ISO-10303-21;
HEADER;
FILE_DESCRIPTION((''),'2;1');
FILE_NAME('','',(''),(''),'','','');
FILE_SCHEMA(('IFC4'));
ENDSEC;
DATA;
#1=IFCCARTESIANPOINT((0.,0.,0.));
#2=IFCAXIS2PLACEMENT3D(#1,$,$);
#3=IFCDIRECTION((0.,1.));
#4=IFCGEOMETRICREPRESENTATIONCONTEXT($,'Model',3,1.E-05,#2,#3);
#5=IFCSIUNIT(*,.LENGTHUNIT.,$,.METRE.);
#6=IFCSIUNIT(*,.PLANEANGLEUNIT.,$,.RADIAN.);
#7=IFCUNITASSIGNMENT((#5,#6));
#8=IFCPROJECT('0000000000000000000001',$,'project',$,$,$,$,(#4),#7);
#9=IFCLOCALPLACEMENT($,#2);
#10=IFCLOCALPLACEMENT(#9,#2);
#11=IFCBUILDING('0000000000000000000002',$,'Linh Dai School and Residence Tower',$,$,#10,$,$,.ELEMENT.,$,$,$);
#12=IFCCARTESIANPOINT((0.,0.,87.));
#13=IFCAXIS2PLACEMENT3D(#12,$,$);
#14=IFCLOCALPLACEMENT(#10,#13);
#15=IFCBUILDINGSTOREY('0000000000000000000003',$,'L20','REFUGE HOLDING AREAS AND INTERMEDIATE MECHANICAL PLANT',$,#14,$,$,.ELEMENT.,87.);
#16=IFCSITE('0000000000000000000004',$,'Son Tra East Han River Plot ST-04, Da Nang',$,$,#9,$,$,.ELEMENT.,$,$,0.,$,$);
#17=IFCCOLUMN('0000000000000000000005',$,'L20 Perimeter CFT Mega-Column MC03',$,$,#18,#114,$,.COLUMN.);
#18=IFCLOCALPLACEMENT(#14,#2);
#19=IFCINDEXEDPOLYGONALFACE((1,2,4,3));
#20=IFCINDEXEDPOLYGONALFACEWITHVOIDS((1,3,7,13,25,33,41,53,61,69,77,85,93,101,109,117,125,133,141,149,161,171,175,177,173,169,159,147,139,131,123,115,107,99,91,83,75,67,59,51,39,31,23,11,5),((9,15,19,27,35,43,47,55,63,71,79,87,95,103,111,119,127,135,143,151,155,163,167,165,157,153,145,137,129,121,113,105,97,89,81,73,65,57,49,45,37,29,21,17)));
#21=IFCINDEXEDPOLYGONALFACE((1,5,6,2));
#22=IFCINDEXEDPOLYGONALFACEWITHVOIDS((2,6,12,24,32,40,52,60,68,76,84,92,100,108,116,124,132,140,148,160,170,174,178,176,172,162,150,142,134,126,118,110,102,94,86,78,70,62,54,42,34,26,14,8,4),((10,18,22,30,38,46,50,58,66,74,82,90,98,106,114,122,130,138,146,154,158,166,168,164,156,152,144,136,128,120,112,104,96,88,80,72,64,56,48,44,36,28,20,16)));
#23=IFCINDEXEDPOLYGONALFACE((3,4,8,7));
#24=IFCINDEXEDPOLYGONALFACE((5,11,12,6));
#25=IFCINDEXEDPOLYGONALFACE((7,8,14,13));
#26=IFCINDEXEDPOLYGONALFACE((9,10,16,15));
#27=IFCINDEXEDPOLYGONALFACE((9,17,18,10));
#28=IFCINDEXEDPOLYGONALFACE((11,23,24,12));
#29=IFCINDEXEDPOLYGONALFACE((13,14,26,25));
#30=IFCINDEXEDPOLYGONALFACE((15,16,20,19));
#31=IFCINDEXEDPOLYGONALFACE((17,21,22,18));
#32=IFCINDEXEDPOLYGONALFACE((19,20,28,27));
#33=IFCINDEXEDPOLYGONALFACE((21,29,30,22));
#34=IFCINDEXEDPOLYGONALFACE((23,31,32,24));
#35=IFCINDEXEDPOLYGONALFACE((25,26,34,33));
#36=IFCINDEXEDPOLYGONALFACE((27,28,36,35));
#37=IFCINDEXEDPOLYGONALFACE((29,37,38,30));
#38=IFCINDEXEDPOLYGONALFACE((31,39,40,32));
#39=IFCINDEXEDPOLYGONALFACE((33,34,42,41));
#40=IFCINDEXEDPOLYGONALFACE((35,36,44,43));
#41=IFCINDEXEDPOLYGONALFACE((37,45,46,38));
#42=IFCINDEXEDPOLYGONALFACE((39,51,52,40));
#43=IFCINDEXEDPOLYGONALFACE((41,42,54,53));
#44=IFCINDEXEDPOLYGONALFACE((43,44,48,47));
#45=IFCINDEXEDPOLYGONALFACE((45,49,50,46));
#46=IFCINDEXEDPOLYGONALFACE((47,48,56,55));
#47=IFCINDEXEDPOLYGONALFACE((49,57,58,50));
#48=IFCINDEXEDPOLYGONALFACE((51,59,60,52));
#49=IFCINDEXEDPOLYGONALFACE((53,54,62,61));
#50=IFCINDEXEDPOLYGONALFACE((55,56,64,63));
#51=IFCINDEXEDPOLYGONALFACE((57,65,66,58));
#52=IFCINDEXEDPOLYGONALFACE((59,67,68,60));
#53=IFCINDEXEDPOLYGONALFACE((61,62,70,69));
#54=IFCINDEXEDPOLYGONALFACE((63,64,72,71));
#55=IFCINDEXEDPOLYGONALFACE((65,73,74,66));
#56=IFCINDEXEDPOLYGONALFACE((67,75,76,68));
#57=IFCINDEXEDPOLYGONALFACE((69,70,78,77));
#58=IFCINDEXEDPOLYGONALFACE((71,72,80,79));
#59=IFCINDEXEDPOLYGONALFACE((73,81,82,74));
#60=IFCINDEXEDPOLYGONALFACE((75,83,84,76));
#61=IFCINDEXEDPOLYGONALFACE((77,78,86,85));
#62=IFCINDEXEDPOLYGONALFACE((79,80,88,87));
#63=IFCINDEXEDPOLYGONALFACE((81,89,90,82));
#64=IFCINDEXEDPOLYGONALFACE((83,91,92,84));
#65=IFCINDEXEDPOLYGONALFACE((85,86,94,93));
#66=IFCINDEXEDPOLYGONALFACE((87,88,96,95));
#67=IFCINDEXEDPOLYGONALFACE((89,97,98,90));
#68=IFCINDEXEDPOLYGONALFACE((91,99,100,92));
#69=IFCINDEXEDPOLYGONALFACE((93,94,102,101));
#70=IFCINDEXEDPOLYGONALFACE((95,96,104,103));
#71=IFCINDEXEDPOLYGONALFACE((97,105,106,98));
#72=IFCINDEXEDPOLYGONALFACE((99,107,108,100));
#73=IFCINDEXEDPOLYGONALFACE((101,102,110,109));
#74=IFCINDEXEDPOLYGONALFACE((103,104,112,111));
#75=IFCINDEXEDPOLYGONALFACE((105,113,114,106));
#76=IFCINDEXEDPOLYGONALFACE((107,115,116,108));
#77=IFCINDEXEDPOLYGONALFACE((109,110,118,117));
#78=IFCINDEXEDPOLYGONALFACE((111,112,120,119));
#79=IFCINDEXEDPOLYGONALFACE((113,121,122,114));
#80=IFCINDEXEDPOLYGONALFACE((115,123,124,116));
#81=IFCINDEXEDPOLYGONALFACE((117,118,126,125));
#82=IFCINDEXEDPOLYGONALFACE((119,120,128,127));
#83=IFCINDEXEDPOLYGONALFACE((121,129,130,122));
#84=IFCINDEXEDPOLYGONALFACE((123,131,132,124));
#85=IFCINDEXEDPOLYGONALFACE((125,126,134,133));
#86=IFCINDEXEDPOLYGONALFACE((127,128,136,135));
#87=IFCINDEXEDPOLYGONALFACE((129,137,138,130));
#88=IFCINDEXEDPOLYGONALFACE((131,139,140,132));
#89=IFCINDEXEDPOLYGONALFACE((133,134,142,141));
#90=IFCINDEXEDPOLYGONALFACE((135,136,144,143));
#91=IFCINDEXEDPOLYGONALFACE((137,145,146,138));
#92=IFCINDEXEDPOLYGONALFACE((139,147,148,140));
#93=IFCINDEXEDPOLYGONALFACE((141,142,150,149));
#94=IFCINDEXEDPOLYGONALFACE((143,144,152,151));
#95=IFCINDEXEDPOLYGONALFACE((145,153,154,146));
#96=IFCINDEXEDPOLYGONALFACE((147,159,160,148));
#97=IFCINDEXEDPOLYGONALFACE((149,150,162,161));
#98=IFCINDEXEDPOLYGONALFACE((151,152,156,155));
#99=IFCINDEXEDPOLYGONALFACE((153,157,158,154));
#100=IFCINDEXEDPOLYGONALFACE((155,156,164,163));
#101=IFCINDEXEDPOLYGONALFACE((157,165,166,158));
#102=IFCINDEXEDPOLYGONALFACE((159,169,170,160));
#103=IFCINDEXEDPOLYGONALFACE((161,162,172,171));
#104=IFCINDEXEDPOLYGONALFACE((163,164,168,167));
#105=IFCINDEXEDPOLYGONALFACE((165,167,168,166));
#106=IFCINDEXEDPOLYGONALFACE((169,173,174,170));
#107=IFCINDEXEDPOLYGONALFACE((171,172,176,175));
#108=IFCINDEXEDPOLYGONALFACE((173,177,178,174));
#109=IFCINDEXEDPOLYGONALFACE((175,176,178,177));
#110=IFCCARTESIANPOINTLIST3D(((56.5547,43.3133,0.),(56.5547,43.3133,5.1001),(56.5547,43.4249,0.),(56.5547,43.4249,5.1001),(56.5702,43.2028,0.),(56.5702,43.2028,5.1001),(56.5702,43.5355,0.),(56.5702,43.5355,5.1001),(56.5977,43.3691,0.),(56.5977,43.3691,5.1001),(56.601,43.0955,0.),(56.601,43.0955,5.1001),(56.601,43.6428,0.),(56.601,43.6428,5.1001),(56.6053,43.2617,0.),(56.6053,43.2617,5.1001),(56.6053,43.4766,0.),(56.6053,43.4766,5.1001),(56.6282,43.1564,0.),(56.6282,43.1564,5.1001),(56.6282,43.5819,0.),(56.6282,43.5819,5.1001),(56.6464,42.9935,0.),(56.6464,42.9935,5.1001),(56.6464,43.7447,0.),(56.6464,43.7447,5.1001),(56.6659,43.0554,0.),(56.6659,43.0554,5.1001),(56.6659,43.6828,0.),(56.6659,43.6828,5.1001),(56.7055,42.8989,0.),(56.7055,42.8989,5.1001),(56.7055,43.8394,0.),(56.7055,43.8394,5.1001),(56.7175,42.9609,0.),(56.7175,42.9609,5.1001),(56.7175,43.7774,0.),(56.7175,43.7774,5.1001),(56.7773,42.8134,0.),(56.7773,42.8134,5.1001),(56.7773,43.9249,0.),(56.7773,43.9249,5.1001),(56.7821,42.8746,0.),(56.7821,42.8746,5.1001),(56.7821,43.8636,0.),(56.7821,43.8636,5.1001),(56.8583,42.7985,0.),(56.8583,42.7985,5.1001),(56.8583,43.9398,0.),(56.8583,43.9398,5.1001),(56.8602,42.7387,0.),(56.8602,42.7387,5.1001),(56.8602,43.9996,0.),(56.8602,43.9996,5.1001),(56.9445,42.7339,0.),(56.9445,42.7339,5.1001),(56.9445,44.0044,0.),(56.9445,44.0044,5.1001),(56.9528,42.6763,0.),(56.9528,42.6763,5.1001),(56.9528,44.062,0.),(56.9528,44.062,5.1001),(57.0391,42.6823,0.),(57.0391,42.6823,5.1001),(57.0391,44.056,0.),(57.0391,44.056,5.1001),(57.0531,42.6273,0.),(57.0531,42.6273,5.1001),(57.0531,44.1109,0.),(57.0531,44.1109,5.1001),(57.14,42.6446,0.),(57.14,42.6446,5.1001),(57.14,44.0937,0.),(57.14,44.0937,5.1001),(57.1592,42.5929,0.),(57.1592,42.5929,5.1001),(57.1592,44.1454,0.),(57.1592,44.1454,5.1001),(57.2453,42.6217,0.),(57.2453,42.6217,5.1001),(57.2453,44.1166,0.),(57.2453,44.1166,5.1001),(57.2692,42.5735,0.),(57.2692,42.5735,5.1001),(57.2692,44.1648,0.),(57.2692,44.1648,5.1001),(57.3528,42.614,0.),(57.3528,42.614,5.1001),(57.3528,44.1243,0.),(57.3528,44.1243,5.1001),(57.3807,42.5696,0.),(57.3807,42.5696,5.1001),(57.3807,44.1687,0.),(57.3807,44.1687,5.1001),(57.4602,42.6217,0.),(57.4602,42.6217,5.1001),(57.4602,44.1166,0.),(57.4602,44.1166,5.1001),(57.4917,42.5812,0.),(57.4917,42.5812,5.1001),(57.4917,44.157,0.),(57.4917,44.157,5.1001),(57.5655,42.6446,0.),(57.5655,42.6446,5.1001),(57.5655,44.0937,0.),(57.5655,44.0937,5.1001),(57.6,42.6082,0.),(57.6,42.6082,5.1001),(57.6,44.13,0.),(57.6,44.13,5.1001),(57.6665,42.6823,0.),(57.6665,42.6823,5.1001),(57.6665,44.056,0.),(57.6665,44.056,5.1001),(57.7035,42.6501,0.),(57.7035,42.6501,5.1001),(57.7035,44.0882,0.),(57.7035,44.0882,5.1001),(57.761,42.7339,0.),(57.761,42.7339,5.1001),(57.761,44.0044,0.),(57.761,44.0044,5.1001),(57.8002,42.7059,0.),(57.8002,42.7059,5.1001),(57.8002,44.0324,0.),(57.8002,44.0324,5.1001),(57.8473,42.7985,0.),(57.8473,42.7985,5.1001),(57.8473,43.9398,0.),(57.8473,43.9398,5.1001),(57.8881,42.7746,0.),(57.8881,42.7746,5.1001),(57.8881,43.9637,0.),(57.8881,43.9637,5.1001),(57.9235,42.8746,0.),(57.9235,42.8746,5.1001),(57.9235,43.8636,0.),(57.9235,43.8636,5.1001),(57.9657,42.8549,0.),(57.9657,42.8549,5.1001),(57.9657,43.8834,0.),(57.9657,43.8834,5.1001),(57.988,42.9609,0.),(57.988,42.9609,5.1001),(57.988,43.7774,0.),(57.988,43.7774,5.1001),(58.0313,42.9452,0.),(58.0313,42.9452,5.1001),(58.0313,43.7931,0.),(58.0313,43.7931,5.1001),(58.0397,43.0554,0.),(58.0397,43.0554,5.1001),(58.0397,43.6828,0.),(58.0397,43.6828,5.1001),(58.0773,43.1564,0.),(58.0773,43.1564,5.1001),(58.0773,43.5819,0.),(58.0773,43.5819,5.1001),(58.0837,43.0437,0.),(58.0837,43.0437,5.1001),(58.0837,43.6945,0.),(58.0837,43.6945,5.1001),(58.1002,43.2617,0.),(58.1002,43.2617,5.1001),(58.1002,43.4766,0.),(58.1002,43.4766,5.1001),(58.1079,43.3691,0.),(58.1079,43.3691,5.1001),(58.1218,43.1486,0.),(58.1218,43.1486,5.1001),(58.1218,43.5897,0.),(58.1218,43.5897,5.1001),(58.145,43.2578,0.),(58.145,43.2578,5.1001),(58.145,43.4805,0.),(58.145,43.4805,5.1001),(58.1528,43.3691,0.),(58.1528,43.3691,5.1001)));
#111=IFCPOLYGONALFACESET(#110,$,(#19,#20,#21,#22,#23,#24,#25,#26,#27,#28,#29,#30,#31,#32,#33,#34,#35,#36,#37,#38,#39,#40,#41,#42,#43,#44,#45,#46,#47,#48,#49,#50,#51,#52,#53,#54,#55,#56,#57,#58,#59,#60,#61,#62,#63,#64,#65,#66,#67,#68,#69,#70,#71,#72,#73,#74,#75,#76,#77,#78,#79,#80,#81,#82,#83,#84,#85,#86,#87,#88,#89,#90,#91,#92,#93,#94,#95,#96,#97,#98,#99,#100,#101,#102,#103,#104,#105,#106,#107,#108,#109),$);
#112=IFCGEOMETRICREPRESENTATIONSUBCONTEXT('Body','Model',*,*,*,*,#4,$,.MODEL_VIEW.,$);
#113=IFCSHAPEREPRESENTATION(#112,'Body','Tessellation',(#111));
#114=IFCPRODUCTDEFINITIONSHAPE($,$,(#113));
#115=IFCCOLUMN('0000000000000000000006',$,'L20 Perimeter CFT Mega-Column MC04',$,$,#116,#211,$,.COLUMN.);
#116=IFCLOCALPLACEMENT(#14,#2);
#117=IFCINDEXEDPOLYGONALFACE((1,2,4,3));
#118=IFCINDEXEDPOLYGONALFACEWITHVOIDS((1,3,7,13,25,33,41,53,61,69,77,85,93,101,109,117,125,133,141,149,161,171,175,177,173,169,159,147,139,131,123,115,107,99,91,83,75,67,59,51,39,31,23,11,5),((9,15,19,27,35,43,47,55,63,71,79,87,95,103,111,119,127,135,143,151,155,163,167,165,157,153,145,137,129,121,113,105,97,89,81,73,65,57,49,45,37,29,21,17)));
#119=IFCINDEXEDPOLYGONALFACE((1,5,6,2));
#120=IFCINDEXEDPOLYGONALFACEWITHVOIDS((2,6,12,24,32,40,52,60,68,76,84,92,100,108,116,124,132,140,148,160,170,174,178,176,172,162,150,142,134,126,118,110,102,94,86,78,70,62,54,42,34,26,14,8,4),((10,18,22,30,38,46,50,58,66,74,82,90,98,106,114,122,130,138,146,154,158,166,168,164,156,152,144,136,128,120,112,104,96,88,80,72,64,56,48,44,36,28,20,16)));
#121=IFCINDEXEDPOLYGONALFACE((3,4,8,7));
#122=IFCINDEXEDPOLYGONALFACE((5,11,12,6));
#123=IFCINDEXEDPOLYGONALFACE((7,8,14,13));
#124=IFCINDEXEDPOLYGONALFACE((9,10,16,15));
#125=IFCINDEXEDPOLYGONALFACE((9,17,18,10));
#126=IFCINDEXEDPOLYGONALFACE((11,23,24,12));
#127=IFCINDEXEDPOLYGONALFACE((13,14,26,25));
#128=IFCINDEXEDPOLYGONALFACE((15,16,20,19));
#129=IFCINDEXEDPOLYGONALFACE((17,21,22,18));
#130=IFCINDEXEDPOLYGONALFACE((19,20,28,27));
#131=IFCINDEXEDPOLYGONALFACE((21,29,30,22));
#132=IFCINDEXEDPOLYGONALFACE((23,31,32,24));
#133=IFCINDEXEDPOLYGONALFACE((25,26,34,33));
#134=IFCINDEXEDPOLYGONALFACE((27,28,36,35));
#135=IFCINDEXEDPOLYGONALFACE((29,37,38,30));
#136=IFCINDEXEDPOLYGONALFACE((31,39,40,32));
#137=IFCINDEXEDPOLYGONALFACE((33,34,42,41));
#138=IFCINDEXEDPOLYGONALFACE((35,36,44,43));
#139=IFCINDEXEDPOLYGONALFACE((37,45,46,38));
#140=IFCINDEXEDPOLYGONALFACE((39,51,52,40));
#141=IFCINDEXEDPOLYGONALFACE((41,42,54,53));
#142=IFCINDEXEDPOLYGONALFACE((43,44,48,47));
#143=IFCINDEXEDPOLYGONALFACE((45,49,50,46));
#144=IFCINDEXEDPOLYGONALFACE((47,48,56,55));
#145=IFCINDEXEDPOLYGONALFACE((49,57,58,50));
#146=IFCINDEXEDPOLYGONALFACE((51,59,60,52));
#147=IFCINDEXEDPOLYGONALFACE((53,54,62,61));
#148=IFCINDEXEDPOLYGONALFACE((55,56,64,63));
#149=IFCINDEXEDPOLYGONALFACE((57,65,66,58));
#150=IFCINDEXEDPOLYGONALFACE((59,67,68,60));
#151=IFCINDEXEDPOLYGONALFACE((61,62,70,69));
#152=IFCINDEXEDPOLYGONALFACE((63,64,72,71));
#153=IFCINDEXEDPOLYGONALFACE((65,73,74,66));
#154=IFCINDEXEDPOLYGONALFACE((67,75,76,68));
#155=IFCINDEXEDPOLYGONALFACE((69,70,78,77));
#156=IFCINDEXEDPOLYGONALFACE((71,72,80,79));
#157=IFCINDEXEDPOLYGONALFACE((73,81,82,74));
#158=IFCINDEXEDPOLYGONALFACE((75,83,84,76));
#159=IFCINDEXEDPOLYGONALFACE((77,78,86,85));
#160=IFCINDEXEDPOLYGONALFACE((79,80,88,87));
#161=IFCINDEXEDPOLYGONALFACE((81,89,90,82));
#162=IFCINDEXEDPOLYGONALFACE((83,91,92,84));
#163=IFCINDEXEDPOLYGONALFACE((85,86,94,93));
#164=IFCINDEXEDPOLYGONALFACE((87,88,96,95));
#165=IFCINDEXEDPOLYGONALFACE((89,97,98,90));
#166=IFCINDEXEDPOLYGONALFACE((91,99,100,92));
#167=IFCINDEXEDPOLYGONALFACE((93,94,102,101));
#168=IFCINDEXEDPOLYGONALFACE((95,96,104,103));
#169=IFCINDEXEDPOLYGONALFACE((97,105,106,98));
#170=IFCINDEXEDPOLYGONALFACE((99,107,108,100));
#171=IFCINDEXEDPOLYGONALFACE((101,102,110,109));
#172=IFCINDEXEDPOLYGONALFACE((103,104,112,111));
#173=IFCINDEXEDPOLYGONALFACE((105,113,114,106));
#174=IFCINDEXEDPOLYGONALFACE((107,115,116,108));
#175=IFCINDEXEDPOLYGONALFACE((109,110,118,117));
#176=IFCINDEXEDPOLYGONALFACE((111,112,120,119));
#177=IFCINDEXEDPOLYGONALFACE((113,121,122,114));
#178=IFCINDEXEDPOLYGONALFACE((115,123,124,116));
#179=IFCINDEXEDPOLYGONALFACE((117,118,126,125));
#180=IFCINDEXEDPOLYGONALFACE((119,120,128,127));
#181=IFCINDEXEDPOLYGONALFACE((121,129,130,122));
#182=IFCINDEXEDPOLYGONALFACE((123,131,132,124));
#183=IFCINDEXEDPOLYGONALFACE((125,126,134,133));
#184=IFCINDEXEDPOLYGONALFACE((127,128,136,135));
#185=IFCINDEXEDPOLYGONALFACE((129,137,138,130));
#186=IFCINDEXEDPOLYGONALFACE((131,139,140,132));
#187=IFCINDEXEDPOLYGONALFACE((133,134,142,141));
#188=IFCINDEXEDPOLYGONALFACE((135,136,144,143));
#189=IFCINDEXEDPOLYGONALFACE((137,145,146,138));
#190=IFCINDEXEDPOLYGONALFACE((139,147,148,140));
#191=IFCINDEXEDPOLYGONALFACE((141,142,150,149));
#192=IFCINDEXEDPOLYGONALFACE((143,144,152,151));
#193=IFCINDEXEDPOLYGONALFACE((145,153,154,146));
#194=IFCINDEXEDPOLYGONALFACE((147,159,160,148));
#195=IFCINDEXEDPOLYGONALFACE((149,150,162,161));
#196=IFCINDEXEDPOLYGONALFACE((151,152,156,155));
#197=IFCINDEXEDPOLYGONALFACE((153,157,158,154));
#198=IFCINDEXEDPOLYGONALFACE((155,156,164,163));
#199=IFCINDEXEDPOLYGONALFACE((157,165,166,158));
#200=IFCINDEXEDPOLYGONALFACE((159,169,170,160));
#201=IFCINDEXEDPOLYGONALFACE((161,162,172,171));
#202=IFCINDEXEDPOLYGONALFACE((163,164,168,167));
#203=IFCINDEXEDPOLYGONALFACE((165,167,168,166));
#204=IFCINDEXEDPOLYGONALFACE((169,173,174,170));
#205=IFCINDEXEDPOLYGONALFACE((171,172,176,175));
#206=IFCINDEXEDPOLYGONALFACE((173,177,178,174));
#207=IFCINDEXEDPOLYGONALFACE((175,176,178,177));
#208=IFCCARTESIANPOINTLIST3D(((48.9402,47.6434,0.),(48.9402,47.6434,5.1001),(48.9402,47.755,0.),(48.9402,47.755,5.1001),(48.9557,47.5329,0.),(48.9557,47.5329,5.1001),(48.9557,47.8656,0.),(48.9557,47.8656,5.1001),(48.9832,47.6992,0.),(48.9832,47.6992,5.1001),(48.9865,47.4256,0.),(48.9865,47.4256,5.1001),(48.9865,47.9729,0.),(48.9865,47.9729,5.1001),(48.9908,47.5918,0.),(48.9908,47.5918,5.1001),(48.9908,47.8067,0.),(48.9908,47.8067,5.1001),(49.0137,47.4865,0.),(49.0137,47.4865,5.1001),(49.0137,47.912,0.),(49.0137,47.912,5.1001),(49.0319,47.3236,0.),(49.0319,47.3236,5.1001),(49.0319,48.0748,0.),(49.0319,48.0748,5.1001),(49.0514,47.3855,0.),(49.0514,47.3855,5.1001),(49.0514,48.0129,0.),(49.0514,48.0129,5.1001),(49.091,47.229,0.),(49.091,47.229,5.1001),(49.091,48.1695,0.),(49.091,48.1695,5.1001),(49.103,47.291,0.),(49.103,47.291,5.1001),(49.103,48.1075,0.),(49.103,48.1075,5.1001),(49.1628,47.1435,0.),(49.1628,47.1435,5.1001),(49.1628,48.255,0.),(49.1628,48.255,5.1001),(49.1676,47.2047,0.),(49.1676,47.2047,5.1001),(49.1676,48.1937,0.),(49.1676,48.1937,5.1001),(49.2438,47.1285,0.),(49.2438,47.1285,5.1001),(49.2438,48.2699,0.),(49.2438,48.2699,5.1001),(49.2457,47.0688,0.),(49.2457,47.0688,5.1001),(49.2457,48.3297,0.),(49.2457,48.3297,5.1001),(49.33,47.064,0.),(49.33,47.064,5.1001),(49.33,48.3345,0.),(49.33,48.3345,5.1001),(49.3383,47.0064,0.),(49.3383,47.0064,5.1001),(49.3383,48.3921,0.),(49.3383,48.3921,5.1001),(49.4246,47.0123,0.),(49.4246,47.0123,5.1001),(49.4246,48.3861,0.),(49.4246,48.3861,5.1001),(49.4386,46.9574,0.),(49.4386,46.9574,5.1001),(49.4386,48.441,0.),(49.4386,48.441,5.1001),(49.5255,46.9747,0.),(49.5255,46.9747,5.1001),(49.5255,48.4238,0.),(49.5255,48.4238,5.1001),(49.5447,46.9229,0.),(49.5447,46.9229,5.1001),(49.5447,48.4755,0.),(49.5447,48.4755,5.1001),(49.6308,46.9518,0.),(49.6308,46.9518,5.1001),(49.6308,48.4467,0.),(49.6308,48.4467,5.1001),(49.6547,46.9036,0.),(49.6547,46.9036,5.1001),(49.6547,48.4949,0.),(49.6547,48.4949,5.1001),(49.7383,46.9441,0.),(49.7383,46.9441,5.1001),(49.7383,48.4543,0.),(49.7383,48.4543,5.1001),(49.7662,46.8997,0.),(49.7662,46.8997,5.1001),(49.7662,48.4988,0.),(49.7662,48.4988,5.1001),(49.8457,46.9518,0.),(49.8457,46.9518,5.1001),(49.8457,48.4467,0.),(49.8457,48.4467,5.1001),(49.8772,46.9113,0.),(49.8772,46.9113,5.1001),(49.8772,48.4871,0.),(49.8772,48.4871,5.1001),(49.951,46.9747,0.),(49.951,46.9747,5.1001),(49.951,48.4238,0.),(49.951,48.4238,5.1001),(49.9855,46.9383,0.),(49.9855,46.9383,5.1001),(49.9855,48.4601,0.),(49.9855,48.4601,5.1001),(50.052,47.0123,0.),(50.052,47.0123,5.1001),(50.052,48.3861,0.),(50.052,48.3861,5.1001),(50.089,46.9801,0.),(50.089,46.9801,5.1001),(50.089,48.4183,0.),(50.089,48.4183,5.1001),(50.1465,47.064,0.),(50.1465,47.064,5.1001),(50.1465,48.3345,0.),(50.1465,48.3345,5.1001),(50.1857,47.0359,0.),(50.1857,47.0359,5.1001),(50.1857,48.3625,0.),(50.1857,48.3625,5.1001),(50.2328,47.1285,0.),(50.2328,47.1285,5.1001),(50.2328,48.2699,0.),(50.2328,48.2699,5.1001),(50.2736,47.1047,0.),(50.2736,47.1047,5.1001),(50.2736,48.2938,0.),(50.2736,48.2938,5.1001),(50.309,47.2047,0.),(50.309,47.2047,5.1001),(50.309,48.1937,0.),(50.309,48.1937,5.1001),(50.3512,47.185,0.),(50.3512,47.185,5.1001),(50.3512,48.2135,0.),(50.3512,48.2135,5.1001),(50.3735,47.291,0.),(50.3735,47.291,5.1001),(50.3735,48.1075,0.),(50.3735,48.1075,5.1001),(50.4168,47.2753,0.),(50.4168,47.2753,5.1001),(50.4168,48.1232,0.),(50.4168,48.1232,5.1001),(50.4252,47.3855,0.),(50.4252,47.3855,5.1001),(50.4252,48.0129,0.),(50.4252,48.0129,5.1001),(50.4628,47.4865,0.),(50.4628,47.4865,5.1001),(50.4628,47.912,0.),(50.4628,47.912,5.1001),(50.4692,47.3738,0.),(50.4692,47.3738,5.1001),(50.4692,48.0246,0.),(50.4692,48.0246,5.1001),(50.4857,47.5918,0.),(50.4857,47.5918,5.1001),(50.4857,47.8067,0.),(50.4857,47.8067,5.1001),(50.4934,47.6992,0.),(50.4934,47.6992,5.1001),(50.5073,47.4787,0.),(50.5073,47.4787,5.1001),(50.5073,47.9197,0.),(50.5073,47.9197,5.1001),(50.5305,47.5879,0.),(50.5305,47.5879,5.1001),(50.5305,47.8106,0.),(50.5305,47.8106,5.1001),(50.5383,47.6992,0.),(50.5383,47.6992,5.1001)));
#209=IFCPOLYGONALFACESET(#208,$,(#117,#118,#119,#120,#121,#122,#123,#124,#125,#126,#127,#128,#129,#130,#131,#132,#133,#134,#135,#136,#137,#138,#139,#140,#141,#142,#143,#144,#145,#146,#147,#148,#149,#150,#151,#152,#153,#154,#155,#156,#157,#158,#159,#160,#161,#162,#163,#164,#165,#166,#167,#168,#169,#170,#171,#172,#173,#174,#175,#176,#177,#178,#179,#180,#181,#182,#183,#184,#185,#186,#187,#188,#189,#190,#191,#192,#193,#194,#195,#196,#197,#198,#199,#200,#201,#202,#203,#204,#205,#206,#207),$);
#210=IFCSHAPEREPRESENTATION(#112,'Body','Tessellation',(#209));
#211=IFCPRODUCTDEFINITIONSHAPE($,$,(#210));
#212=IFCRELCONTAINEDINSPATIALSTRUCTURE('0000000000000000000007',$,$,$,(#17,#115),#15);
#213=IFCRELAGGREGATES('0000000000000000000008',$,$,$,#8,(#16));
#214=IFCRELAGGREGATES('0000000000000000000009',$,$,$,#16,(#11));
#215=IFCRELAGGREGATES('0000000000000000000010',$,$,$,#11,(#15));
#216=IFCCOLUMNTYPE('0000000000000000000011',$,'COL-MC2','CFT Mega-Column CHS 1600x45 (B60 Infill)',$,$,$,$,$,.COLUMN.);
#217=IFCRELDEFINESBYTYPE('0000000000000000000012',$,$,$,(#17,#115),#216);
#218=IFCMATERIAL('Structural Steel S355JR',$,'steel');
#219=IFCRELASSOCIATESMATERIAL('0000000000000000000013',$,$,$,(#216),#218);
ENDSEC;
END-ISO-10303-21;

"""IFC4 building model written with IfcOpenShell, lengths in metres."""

from ifc_helpers import new_model, si_unit, direction, frame, origin, origin_2d, place, context, subcontext, project, spatial, hollow_circle, extrude, material, material_profile, profile_set, type_object, element, save


model = new_model("IFC4")

# Units and contexts
model_context = context("Model", 3, precision=1e-05, world=origin(), true_north=direction((0.0, 1.0)))
body_context = subcontext(model_context, "Body", "Model", "MODEL_VIEW")
ifc_project = project(units=[si_unit("LENGTHUNIT", "METRE"), si_unit("PLANEANGLEUNIT", "RADIAN")], contexts=[model_context])

# Site, building, storey
site_placement = place(None, origin())
site = spatial("IfcSite", under=ifc_project, at=site_placement, Name="Son Tra East Han River Plot ST-04, Da Nang", CompositionType="ELEMENT", RefElevation=0.0)
building_placement = place(site_placement, origin())
building = spatial("IfcBuilding", under=site, at=building_placement, Name="Linh Dai School and Residence Tower", CompositionType="ELEMENT")
storey_placement = place(building_placement, frame((0.0, 0.0, 87.0)))
storey = spatial("IfcBuildingStorey", under=building, at=storey_placement, Name="L20", Description="REFUGE HOLDING AREAS AND INTERMEDIATE MECHANICAL PLANT", CompositionType="ELEMENT", Elevation=87.0)

# Columns
ifc_material_1 = material(Name="Structural Steel S355JR", Category="steel")
ifc_material_profile_1 = material_profile(ifc_material_1, hollow_circle(Radius=0.8, WallThickness=0.0449, at=origin_2d()), Name="CHS 1600x45")
ifc_profile_set_1 = profile_set([ifc_material_profile_1], Name="Structural Steel S355JR")
column_type = type_object("IfcColumnType", Name="COL-MC2", Description="CFT Mega-Column CHS 1600x45 (B60 Infill)", PredefinedType="COLUMN", material=ifc_profile_set_1)
for number, where, z_axis, x_axis, name in (
    (1, (57.3528, 43.3691, 0.0), (0.0, 0.0, 1.0), (1.0, 0.0, 0.0), "L20 Perimeter CFT Mega-Column MC03"),
    (2, (49.7383, 47.6992, 0.0), (0.0, 0.0, 1.0), (1.0, 0.0, 0.0), "L20 Perimeter CFT Mega-Column MC04"),
):
    element("IfcColumn", number, at=place(storey_placement, frame(where, z_axis=z_axis, x_axis=x_axis)), inside=storey, type_object=column_type, Name=name, PredefinedType="COLUMN", context=body_context, shape_type="SweptSolid", body=[
        extrude(hollow_circle(Radius=0.8, WallThickness=0.0449, at=origin_2d()), origin(), (0.0, 0.0, 1.0), 5.1001),
    ])

save(model, "model.ifc")
